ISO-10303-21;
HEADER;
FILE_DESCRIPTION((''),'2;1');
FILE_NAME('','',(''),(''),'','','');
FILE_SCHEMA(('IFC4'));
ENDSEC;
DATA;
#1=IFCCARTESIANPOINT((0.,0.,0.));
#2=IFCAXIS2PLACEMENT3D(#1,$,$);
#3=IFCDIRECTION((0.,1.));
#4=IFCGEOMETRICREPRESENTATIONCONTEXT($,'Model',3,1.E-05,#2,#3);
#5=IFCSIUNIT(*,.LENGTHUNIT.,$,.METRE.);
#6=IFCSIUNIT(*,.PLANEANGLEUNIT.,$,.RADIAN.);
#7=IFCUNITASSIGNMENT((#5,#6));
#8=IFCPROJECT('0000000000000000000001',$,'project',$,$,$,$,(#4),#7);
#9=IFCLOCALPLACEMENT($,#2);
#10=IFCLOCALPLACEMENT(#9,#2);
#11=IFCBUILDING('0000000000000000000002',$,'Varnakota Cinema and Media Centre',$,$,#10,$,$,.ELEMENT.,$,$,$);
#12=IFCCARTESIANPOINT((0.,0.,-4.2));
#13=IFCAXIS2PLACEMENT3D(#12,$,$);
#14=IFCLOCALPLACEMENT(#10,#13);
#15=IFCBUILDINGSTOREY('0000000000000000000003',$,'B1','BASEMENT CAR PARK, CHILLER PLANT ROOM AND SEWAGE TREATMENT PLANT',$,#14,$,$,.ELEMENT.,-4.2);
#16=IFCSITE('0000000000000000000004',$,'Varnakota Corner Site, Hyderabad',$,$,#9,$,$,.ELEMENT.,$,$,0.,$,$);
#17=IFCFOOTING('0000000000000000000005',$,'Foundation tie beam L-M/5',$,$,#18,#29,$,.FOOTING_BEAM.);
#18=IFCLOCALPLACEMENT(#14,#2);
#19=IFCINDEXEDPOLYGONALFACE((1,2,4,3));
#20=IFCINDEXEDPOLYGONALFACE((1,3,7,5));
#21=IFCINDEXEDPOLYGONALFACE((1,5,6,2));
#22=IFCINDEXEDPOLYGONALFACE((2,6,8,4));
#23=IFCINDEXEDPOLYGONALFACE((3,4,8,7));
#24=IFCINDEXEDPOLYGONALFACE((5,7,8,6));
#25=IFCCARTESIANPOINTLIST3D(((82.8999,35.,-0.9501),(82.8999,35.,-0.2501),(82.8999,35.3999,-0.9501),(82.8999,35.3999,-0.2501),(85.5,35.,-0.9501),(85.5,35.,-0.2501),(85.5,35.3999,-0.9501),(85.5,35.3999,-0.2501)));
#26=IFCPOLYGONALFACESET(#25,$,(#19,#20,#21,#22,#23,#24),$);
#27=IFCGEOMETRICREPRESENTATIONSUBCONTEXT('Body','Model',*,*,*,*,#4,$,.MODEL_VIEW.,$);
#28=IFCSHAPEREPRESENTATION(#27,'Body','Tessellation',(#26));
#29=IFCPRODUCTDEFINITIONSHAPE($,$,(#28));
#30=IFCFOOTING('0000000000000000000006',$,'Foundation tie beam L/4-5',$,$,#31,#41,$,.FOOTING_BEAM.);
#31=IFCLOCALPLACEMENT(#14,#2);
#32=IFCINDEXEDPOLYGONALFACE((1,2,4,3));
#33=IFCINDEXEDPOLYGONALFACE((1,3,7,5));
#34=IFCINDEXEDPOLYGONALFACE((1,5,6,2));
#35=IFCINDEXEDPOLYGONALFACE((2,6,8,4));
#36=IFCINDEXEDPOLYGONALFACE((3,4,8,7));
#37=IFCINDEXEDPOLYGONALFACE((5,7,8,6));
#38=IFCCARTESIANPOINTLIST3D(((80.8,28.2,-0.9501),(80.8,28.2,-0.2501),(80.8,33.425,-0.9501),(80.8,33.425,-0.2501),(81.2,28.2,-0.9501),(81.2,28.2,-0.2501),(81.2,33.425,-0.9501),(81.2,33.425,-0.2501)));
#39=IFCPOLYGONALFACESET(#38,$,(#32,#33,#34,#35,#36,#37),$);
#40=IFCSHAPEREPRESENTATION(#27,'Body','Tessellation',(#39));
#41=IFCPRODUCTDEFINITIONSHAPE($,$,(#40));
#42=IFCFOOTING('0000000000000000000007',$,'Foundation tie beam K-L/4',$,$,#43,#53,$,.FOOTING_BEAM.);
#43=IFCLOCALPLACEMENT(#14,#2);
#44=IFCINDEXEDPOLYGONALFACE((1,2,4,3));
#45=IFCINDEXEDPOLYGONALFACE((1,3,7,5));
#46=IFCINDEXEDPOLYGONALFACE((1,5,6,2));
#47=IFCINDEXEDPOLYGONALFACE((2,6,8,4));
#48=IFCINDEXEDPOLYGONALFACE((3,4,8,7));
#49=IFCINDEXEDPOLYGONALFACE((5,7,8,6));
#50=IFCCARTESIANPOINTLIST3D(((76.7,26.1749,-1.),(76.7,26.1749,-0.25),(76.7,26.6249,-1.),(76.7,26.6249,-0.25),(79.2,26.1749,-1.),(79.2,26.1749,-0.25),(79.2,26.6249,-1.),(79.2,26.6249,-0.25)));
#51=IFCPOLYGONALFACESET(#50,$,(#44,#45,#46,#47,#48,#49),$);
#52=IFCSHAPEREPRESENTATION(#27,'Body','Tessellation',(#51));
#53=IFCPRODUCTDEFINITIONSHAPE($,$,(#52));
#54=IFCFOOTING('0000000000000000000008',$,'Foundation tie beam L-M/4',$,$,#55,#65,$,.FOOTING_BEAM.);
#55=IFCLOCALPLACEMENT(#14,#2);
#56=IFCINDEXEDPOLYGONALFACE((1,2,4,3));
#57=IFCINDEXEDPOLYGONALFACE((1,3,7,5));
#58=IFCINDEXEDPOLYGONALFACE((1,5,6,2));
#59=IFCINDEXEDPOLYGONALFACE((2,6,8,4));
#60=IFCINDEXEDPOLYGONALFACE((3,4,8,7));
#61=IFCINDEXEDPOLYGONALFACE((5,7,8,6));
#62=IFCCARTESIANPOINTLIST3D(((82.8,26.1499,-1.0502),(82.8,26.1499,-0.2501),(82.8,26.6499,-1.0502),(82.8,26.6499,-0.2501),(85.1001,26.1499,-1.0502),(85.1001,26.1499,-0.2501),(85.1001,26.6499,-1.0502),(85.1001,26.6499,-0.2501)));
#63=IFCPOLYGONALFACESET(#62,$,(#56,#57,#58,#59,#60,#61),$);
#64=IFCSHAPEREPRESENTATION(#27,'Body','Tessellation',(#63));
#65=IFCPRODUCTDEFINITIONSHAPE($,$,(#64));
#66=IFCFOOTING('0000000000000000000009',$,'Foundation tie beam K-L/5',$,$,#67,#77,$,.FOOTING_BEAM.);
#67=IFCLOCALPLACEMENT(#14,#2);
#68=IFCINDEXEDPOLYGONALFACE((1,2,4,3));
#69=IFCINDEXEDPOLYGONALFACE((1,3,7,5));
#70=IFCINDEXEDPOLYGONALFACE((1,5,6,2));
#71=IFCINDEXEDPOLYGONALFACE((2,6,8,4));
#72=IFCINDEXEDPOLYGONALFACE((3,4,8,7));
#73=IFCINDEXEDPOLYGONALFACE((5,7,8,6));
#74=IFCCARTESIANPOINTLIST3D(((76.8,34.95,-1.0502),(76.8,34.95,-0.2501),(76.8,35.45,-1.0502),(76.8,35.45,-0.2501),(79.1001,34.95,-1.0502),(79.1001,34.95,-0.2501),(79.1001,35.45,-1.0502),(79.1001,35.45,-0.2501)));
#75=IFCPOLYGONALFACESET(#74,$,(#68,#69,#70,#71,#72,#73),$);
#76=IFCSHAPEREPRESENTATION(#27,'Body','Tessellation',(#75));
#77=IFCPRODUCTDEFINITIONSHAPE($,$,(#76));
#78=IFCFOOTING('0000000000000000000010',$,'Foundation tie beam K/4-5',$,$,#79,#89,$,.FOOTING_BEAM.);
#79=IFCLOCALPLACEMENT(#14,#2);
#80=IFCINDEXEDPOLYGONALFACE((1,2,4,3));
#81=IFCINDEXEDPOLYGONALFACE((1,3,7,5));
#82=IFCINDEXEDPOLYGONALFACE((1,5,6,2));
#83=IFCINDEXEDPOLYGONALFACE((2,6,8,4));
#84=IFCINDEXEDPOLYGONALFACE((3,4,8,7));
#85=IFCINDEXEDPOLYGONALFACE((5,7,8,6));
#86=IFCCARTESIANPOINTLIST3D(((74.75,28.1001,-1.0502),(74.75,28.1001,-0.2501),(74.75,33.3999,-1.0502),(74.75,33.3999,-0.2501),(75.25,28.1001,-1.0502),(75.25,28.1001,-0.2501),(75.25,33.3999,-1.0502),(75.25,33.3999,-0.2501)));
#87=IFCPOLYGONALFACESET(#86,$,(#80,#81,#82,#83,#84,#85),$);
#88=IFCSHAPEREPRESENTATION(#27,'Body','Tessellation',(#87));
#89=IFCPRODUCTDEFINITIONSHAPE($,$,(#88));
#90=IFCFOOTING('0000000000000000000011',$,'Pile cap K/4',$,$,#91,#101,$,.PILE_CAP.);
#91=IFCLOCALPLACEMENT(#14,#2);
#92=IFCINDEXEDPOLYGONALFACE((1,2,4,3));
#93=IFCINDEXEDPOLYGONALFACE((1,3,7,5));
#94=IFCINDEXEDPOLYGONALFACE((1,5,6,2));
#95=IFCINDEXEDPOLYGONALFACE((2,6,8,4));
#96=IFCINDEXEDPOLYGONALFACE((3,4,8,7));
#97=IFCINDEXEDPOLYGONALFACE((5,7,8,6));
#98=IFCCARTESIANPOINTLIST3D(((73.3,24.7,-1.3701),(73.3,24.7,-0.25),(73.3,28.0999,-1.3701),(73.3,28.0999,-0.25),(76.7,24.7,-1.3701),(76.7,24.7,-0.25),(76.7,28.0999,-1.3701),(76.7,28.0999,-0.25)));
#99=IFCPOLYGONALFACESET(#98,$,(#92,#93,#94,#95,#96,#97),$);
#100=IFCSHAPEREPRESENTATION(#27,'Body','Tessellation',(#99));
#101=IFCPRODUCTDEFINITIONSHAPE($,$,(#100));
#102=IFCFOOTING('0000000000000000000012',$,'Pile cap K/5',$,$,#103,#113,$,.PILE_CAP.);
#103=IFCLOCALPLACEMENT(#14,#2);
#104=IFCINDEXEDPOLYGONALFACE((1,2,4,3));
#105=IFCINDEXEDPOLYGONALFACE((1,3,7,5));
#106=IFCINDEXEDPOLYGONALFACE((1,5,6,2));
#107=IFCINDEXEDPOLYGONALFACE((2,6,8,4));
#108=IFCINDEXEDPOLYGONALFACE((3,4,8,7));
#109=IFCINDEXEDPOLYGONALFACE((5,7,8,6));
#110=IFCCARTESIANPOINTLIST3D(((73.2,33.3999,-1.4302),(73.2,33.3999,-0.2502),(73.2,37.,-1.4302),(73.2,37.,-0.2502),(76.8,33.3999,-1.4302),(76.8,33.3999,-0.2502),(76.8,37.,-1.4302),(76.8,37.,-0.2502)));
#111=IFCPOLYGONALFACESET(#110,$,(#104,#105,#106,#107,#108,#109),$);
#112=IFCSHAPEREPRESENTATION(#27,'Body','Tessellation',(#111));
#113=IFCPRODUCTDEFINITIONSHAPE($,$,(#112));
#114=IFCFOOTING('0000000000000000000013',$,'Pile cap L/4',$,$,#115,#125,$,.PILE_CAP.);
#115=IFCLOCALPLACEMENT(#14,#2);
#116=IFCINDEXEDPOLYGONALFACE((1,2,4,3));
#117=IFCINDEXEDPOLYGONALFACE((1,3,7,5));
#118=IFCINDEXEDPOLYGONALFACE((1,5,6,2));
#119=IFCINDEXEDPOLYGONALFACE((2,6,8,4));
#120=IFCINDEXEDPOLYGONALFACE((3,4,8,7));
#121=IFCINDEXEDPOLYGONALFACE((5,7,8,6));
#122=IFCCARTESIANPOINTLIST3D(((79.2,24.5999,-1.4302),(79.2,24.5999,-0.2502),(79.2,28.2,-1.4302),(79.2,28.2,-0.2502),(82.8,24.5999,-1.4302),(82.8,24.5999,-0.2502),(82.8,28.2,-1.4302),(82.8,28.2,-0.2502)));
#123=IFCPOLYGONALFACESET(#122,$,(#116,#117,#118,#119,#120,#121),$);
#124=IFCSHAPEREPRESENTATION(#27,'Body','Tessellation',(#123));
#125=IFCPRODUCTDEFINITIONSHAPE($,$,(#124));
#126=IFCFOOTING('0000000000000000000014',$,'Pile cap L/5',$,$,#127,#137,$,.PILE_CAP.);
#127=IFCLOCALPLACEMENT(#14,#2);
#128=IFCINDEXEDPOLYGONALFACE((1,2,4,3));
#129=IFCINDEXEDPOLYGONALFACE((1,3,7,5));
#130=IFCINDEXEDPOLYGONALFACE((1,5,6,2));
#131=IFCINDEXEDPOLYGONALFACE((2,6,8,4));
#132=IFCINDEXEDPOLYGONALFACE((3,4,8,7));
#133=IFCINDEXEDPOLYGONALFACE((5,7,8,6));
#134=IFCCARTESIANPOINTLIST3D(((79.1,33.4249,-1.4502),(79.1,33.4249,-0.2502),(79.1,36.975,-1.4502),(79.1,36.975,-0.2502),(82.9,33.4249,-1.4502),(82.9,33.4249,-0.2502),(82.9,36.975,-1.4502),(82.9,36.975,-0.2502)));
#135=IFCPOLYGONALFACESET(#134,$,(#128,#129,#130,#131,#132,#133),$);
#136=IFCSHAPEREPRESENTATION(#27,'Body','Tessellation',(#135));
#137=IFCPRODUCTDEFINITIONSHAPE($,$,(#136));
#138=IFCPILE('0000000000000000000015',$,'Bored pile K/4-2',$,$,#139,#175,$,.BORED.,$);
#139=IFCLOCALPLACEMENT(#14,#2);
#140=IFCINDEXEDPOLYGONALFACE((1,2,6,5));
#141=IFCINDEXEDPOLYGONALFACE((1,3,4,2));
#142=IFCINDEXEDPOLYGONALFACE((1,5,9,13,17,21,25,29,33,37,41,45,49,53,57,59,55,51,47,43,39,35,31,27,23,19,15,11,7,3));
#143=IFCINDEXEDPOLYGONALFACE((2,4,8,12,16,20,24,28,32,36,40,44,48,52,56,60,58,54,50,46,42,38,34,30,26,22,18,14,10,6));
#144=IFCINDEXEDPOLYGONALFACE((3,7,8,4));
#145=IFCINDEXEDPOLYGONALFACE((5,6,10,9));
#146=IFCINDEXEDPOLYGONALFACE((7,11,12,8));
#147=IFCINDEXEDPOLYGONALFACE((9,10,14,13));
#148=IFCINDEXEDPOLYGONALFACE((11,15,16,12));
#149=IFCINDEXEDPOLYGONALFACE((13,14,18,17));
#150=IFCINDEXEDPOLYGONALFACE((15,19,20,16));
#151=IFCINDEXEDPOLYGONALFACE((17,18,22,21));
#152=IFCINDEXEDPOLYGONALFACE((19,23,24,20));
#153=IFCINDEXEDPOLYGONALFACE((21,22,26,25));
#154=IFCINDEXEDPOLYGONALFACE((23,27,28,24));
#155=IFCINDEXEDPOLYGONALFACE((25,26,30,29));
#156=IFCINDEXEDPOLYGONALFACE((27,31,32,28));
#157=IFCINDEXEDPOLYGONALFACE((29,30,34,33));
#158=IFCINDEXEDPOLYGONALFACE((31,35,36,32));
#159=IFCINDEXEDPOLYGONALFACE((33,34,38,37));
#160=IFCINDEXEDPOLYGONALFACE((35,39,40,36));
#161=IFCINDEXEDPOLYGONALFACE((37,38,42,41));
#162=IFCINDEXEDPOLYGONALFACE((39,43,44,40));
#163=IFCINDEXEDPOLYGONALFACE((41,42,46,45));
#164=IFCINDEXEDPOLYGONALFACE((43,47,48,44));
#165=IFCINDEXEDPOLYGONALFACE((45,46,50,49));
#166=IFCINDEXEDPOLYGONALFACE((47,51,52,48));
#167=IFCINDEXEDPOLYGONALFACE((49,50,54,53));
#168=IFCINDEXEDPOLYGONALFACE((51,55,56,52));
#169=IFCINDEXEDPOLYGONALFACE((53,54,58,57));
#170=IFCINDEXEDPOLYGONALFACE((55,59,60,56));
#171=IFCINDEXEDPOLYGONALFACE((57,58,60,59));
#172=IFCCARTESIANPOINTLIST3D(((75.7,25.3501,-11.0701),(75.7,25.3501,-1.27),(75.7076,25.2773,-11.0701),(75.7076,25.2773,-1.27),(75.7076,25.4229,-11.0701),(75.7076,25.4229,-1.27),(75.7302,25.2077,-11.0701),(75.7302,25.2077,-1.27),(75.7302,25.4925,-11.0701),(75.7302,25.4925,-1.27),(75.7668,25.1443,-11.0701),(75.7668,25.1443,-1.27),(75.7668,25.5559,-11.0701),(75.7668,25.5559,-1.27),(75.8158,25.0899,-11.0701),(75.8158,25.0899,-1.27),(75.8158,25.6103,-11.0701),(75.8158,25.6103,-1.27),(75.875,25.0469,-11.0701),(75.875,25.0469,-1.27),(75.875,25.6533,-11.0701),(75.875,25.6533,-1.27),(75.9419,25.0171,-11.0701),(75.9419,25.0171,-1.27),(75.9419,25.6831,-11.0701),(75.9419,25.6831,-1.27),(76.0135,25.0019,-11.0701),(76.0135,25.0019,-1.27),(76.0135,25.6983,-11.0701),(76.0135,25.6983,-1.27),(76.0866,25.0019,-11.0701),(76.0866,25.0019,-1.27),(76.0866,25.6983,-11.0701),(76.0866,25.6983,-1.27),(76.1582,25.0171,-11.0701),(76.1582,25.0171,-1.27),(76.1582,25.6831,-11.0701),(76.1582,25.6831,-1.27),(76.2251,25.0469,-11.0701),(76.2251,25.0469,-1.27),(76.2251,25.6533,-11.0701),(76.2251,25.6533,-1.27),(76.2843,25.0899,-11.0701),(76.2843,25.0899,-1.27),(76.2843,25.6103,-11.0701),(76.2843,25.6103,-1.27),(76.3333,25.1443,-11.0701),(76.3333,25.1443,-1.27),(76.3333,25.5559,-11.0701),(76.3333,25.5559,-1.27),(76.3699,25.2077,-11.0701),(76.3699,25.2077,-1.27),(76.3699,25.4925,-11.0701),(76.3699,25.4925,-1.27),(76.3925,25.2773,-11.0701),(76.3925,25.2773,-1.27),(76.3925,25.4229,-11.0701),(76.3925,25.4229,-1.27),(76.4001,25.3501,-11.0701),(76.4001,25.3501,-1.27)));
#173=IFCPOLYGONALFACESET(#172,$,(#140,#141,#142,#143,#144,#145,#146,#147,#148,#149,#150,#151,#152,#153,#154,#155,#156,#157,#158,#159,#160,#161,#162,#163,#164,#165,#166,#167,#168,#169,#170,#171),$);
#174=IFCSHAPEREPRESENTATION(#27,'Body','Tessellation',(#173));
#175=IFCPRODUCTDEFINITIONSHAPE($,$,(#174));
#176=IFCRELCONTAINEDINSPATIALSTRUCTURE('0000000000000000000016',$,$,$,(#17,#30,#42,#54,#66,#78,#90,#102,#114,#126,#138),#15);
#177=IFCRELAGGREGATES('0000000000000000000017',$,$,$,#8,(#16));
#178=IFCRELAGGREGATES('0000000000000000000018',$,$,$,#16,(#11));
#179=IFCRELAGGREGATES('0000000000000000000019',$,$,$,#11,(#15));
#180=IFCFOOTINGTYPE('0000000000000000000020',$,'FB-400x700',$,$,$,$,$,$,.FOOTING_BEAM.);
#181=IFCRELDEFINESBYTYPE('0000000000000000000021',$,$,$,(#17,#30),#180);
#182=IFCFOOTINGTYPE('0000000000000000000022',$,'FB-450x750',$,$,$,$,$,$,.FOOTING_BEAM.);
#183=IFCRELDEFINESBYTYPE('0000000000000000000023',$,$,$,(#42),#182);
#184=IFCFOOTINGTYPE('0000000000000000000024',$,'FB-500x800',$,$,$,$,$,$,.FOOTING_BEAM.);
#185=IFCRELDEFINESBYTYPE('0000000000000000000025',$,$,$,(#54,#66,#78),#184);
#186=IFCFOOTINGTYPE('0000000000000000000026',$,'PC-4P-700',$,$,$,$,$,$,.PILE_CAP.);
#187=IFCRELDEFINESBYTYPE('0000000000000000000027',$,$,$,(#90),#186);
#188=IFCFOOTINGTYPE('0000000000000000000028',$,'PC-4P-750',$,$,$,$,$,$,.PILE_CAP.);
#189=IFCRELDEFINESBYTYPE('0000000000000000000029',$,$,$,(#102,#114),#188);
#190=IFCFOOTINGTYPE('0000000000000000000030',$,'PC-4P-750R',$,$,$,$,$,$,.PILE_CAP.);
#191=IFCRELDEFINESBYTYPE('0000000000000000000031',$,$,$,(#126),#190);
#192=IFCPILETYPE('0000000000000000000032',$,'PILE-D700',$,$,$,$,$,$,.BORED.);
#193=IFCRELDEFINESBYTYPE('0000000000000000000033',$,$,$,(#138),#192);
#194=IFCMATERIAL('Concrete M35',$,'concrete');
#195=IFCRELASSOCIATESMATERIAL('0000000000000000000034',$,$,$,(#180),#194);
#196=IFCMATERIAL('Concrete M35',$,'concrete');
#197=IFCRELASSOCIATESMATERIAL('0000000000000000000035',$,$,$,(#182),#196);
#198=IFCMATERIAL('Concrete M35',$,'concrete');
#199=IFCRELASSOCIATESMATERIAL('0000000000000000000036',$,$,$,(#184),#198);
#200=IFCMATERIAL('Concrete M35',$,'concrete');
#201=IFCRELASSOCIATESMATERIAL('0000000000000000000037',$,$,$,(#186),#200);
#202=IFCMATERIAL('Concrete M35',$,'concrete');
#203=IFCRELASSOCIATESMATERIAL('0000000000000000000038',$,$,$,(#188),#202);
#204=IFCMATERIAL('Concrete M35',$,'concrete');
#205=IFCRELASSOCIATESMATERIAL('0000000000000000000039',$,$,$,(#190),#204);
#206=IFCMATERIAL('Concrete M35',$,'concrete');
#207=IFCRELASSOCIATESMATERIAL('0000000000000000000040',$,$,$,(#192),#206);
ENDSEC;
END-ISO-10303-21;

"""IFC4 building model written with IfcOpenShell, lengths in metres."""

from ifc_helpers import new_model, si_unit, direction, frame, origin, origin_2d, place, context, subcontext, project, spatial, rectangle, circle, extrude, material, material_profile, profile_set, type_object, element, save


model = new_model("IFC4")

# Units and contexts
model_context = context("Model", 3, precision=1e-05, world=origin(), true_north=direction((0.0, 1.0)))
body_context = subcontext(model_context, "Body", "Model", "MODEL_VIEW")
ifc_project = project(units=[si_unit("LENGTHUNIT", "METRE"), si_unit("PLANEANGLEUNIT", "RADIAN")], contexts=[model_context])

# Site, building, storey
site_placement = place(None, origin())
site = spatial("IfcSite", under=ifc_project, at=site_placement, Name="Varnakota Corner Site, Hyderabad", CompositionType="ELEMENT", RefElevation=0.0)
building_placement = place(site_placement, origin())
building = spatial("IfcBuilding", under=site, at=building_placement, Name="Varnakota Cinema and Media Centre", CompositionType="ELEMENT")
storey_placement = place(building_placement, frame((0.0, 0.0, -4.2)))
storey = spatial("IfcBuildingStorey", under=building, at=storey_placement, Name="B1", Description="BASEMENT CAR PARK, CHILLER PLANT ROOM AND SEWAGE TREATMENT PLANT", CompositionType="ELEMENT", Elevation=-4.2)

# Footings
ifc_material_1 = material(Name="Concrete M35", Category="concrete")
ifc_material_profile_1 = material_profile(ifc_material_1, rectangle(XDim=0.3999, YDim=0.7, at=origin_2d()), Name="FB 400x700")
ifc_profile_set_1 = profile_set([ifc_material_profile_1], Name="Concrete M35")
footing_type_1 = type_object("IfcFootingType", Name="FB-400x700", PredefinedType="FOOTING_BEAM", material=ifc_profile_set_1)
footing_1_placement = place(storey_placement, frame((82.8999, 35.2, -0.6001), z_axis=(1.0, 0.0, 0.0), x_axis=(0.0, 1.0, 0.0)))
element("IfcFooting", 1, at=footing_1_placement, inside=storey, type_object=footing_type_1, Name="Foundation tie beam L-M/5", PredefinedType="FOOTING_BEAM", context=body_context, shape_type="SweptSolid", body=[
    extrude(rectangle(XDim=0.3999, YDim=0.7, at=origin_2d()), origin(), (0.0, 0.0, 1.0), 2.6001),
])
footing_2_placement = place(storey_placement, frame((81.0, 28.2, -0.6001), z_axis=(0.0, 1.0, 0.0), x_axis=(-1.0, 0.0, 0.0)))
element("IfcFooting", 2, at=footing_2_placement, inside=storey, type_object=footing_type_1, Name="Foundation tie beam L/4-5", PredefinedType="FOOTING_BEAM", context=body_context, shape_type="SweptSolid", body=[
    extrude(rectangle(XDim=0.3999, YDim=0.7, at=origin_2d()), origin(), (0.0, 0.0, 1.0), 5.2251),
])
ifc_material_2 = material(Name="Concrete M35", Category="concrete")
ifc_material_profile_2 = material_profile(ifc_material_2, rectangle(XDim=0.45, YDim=0.75, at=origin_2d()), Name="FB 450x750")
ifc_profile_set_2 = profile_set([ifc_material_profile_2], Name="Concrete M35")
footing_type_2 = type_object("IfcFootingType", Name="FB-450x750", PredefinedType="FOOTING_BEAM", material=ifc_profile_set_2)
footing_3_placement = place(storey_placement, frame((76.7, 26.3999, -0.625), z_axis=(1.0, 0.0, 0.0), x_axis=(0.0, 1.0, 0.0)))
element("IfcFooting", 3, at=footing_3_placement, inside=storey, type_object=footing_type_2, Name="Foundation tie beam K-L/4", PredefinedType="FOOTING_BEAM", context=body_context, shape_type="SweptSolid", body=[
    extrude(rectangle(XDim=0.45, YDim=0.75, at=origin_2d()), origin(), (0.0, 0.0, 1.0), 2.5),
])
ifc_material_3 = material(Name="Concrete M35", Category="concrete")
ifc_material_profile_3 = material_profile(ifc_material_3, rectangle(XDim=0.5, YDim=0.8, at=origin_2d()), Name="FB 500x800")
ifc_profile_set_3 = profile_set([ifc_material_profile_3], Name="Concrete M35")
footing_type_3 = type_object("IfcFootingType", Name="FB-500x800", PredefinedType="FOOTING_BEAM", material=ifc_profile_set_3)
for number, where, z_axis, x_axis, name in (
    (4, (82.8, 26.3999, -0.6501), (1.0, 0.0, 0.0), (0.0, 1.0, 0.0), "Foundation tie beam L-M/4"),
    (5, (76.8, 35.2, -0.6501), (1.0, 0.0, 0.0), (0.0, 1.0, 0.0), "Foundation tie beam K-L/5"),
):
    element("IfcFooting", number, at=place(storey_placement, frame(where, z_axis=z_axis, x_axis=x_axis)), inside=storey, type_object=footing_type_3, Name=name, PredefinedType="FOOTING_BEAM", context=body_context, shape_type="SweptSolid", body=[
        extrude(rectangle(XDim=0.5, YDim=0.8, at=origin_2d()), origin(), (0.0, 0.0, 1.0), 2.3),
    ])
footing_4_placement = place(storey_placement, frame((75.0, 28.1001, -0.6501), z_axis=(0.0, 1.0, 0.0), x_axis=(-1.0, 0.0, 0.0)))
element("IfcFooting", 6, at=footing_4_placement, inside=storey, type_object=footing_type_3, Name="Foundation tie beam K/4-5", PredefinedType="FOOTING_BEAM", context=body_context, shape_type="SweptSolid", body=[
    extrude(rectangle(XDim=0.5, YDim=0.8, at=origin_2d()), origin(), (0.0, 0.0, 1.0), 5.2998),
])
ifc_material_4 = material(Name="Concrete M35", Category="concrete")
footing_type_4 = type_object("IfcFootingType", Name="PC-4P-700", PredefinedType="PILE_CAP", material=ifc_material_4)
footing_5_placement = place(storey_placement, frame((75.0, 26.3999, -1.3701), z_axis=(0.0, 0.0, 1.0), x_axis=(1.0, 0.0, 0.0)))
element("IfcFooting", 7, at=footing_5_placement, inside=storey, type_object=footing_type_4, Name="Pile cap K/4", PredefinedType="PILE_CAP", context=body_context, shape_type="SweptSolid", body=[
    extrude(rectangle(XDim=3.3999, YDim=3.3999, at=origin_2d()), origin(), (0.0, 0.0, 1.0), 1.1201),
])
ifc_material_5 = material(Name="Concrete M35", Category="concrete")
footing_type_5 = type_object("IfcFootingType", Name="PC-4P-750", PredefinedType="PILE_CAP", material=ifc_material_5)
for number, where, z_axis, x_axis, name in (
    (8, (75.0, 35.2, -1.4302), (0.0, 0.0, 1.0), (1.0, 0.0, 0.0), "Pile cap K/5"),
    (9, (81.0, 26.3999, -1.4302), (0.0, 0.0, 1.0), (1.0, 0.0, 0.0), "Pile cap L/4"),
):
    element("IfcFooting", number, at=place(storey_placement, frame(where, z_axis=z_axis, x_axis=x_axis)), inside=storey, type_object=footing_type_5, Name=name, PredefinedType="PILE_CAP", context=body_context, shape_type="SweptSolid", body=[
        extrude(rectangle(XDim=3.6001, YDim=3.6001, at=origin_2d()), origin(), (0.0, 0.0, 1.0), 1.1799),
    ])
ifc_material_6 = material(Name="Concrete M35", Category="concrete")
footing_type_6 = type_object("IfcFootingType", Name="PC-4P-750R", PredefinedType="PILE_CAP", material=ifc_material_6)
footing_6_placement = place(storey_placement, frame((81.0, 35.2, -1.4502), z_axis=(0.0, 0.0, 1.0), x_axis=(1.0, 0.0, 0.0)))
element("IfcFooting", 10, at=footing_6_placement, inside=storey, type_object=footing_type_6, Name="Pile cap L/5", PredefinedType="PILE_CAP", context=body_context, shape_type="SweptSolid", body=[
    extrude(rectangle(XDim=3.8, YDim=3.55, at=origin_2d()), origin(), (0.0, 0.0, 1.0), 1.2),
])

# Pile
ifc_material_7 = material(Name="Concrete M35", Category="concrete")
ifc_material_profile_4 = material_profile(ifc_material_7, circle(Radius=0.3501, at=origin_2d()), Name="PILE D700")
ifc_profile_set_4 = profile_set([ifc_material_profile_4], Name="Concrete M35")
pile_type_1 = type_object("IfcPileType", Name="PILE-D700", PredefinedType="BORED", material=ifc_profile_set_4)
for number, where, z_axis, x_axis, name in (
    (11, (76.05, 25.3501, -1.27), (0.0, 0.0, -1.0), (1.0, 0.0, 0.0), "Bored pile K/4-2"),
):
    element("IfcPile", number, at=place(storey_placement, frame(where, z_axis=z_axis, x_axis=x_axis)), inside=storey, type_object=pile_type_1, Name=name, PredefinedType="BORED", context=body_context, shape_type="SweptSolid", body=[
        extrude(circle(Radius=0.3501, at=origin_2d()), origin(), (0.0, 0.0, 1.0), 9.8),
    ])

save(model, "model.ifc")
